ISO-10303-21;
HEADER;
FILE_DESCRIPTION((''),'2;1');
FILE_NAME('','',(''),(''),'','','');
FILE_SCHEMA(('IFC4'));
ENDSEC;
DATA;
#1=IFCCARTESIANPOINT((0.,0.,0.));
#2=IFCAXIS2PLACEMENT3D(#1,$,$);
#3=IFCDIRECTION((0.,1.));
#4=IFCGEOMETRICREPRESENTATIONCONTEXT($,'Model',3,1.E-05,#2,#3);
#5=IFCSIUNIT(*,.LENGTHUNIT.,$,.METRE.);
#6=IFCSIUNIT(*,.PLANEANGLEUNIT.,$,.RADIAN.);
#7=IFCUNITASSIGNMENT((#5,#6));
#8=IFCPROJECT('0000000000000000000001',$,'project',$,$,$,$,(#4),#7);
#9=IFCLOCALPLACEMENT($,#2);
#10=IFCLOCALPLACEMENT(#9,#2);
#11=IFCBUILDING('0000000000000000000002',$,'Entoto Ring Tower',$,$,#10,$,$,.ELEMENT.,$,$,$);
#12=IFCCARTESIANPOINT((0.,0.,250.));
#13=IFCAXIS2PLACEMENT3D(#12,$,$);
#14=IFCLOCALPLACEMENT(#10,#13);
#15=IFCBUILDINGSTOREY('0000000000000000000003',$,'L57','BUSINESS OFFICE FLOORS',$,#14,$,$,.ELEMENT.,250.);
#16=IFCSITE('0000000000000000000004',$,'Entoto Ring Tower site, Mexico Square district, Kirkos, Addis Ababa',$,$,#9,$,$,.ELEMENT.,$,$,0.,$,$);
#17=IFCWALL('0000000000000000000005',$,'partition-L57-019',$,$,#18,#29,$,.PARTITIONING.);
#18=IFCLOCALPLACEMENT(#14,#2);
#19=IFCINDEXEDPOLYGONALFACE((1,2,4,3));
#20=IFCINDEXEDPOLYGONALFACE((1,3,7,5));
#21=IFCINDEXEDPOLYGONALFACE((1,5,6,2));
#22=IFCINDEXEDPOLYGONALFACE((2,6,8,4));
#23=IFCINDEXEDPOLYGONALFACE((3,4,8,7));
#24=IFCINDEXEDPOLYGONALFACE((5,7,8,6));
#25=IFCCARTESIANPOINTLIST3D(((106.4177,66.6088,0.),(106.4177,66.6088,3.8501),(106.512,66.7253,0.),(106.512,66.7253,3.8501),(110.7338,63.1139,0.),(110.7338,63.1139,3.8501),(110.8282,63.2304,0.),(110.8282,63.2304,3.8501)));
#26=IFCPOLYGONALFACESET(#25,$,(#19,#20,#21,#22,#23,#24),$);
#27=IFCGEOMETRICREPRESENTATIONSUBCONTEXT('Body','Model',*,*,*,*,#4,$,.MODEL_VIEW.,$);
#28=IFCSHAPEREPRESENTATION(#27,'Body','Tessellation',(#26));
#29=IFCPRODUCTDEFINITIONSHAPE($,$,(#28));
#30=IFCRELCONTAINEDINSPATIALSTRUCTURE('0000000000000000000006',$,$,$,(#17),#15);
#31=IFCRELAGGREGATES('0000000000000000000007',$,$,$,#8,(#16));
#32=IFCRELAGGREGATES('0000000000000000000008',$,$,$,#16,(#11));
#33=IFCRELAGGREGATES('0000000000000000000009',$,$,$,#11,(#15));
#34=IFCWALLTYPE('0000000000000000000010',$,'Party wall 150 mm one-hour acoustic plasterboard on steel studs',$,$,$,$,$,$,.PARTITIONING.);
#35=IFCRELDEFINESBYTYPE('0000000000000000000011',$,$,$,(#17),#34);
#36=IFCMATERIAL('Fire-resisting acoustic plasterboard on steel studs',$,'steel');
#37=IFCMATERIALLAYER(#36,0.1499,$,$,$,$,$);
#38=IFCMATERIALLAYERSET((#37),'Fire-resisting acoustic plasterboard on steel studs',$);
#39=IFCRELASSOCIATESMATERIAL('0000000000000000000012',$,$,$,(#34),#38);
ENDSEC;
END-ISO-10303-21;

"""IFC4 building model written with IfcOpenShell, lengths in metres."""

from ifc_helpers import new_model, si_unit, direction, frame, frame_2d, origin, place, context, subcontext, project, spatial, rectangle, extrude, material, layer, layer_set, type_object, element, save


model = new_model("IFC4")

# Units and contexts
model_context = context("Model", 3, precision=1e-05, world=origin(), true_north=direction((0.0, 1.0)))
body_context = subcontext(model_context, "Body", "Model", "MODEL_VIEW")
ifc_project = project(units=[si_unit("LENGTHUNIT", "METRE"), si_unit("PLANEANGLEUNIT", "RADIAN")], contexts=[model_context])

# Site, building, storey
site_placement = place(None, origin())
site = spatial("IfcSite", under=ifc_project, at=site_placement, Name="Entoto Ring Tower site, Mexico Square district, Kirkos, Addis Ababa", CompositionType="ELEMENT", RefElevation=0.0)
building_placement = place(site_placement, origin())
building = spatial("IfcBuilding", under=site, at=building_placement, Name="Entoto Ring Tower", CompositionType="ELEMENT")
storey_placement = place(building_placement, frame((0.0, 0.0, 250.0)))
storey = spatial("IfcBuildingStorey", under=building, at=storey_placement, Name="L57", Description="BUSINESS OFFICE FLOORS", CompositionType="ELEMENT", Elevation=250.0)

# Wall
ifc_material_1 = material(Name="Fire-resisting acoustic plasterboard on steel studs", Category="steel")
ifc_layer_1 = layer(ifc_material_1, 0.1499)
ifc_layer_set_1 = layer_set([ifc_layer_1], Name="Fire-resisting acoustic plasterboard on steel studs")
wall_type_1 = type_object("IfcWallType", Name="Party wall 150 mm one-hour acoustic plasterboard on steel studs", PredefinedType="PARTITIONING", material=ifc_layer_set_1)
wall_1_placement = place(storey_placement, frame((110.781, 63.1721, 0.0), z_axis=(0.0, 0.0, 1.0), x_axis=(-0.777171, 0.629289, 0.0)))
element("IfcWall", 1, at=wall_1_placement, inside=storey, type_object=wall_type_1, Name="partition-L57-019", PredefinedType="PARTITIONING", context=body_context, shape_type="SweptSolid", body=[
    extrude(rectangle(XDim=5.5537, YDim=0.1499, at=frame_2d((2.7769, 0.0))), origin(), (0.0, 0.0, 1.0), 3.8501),
])

save(model, "model.ifc")
